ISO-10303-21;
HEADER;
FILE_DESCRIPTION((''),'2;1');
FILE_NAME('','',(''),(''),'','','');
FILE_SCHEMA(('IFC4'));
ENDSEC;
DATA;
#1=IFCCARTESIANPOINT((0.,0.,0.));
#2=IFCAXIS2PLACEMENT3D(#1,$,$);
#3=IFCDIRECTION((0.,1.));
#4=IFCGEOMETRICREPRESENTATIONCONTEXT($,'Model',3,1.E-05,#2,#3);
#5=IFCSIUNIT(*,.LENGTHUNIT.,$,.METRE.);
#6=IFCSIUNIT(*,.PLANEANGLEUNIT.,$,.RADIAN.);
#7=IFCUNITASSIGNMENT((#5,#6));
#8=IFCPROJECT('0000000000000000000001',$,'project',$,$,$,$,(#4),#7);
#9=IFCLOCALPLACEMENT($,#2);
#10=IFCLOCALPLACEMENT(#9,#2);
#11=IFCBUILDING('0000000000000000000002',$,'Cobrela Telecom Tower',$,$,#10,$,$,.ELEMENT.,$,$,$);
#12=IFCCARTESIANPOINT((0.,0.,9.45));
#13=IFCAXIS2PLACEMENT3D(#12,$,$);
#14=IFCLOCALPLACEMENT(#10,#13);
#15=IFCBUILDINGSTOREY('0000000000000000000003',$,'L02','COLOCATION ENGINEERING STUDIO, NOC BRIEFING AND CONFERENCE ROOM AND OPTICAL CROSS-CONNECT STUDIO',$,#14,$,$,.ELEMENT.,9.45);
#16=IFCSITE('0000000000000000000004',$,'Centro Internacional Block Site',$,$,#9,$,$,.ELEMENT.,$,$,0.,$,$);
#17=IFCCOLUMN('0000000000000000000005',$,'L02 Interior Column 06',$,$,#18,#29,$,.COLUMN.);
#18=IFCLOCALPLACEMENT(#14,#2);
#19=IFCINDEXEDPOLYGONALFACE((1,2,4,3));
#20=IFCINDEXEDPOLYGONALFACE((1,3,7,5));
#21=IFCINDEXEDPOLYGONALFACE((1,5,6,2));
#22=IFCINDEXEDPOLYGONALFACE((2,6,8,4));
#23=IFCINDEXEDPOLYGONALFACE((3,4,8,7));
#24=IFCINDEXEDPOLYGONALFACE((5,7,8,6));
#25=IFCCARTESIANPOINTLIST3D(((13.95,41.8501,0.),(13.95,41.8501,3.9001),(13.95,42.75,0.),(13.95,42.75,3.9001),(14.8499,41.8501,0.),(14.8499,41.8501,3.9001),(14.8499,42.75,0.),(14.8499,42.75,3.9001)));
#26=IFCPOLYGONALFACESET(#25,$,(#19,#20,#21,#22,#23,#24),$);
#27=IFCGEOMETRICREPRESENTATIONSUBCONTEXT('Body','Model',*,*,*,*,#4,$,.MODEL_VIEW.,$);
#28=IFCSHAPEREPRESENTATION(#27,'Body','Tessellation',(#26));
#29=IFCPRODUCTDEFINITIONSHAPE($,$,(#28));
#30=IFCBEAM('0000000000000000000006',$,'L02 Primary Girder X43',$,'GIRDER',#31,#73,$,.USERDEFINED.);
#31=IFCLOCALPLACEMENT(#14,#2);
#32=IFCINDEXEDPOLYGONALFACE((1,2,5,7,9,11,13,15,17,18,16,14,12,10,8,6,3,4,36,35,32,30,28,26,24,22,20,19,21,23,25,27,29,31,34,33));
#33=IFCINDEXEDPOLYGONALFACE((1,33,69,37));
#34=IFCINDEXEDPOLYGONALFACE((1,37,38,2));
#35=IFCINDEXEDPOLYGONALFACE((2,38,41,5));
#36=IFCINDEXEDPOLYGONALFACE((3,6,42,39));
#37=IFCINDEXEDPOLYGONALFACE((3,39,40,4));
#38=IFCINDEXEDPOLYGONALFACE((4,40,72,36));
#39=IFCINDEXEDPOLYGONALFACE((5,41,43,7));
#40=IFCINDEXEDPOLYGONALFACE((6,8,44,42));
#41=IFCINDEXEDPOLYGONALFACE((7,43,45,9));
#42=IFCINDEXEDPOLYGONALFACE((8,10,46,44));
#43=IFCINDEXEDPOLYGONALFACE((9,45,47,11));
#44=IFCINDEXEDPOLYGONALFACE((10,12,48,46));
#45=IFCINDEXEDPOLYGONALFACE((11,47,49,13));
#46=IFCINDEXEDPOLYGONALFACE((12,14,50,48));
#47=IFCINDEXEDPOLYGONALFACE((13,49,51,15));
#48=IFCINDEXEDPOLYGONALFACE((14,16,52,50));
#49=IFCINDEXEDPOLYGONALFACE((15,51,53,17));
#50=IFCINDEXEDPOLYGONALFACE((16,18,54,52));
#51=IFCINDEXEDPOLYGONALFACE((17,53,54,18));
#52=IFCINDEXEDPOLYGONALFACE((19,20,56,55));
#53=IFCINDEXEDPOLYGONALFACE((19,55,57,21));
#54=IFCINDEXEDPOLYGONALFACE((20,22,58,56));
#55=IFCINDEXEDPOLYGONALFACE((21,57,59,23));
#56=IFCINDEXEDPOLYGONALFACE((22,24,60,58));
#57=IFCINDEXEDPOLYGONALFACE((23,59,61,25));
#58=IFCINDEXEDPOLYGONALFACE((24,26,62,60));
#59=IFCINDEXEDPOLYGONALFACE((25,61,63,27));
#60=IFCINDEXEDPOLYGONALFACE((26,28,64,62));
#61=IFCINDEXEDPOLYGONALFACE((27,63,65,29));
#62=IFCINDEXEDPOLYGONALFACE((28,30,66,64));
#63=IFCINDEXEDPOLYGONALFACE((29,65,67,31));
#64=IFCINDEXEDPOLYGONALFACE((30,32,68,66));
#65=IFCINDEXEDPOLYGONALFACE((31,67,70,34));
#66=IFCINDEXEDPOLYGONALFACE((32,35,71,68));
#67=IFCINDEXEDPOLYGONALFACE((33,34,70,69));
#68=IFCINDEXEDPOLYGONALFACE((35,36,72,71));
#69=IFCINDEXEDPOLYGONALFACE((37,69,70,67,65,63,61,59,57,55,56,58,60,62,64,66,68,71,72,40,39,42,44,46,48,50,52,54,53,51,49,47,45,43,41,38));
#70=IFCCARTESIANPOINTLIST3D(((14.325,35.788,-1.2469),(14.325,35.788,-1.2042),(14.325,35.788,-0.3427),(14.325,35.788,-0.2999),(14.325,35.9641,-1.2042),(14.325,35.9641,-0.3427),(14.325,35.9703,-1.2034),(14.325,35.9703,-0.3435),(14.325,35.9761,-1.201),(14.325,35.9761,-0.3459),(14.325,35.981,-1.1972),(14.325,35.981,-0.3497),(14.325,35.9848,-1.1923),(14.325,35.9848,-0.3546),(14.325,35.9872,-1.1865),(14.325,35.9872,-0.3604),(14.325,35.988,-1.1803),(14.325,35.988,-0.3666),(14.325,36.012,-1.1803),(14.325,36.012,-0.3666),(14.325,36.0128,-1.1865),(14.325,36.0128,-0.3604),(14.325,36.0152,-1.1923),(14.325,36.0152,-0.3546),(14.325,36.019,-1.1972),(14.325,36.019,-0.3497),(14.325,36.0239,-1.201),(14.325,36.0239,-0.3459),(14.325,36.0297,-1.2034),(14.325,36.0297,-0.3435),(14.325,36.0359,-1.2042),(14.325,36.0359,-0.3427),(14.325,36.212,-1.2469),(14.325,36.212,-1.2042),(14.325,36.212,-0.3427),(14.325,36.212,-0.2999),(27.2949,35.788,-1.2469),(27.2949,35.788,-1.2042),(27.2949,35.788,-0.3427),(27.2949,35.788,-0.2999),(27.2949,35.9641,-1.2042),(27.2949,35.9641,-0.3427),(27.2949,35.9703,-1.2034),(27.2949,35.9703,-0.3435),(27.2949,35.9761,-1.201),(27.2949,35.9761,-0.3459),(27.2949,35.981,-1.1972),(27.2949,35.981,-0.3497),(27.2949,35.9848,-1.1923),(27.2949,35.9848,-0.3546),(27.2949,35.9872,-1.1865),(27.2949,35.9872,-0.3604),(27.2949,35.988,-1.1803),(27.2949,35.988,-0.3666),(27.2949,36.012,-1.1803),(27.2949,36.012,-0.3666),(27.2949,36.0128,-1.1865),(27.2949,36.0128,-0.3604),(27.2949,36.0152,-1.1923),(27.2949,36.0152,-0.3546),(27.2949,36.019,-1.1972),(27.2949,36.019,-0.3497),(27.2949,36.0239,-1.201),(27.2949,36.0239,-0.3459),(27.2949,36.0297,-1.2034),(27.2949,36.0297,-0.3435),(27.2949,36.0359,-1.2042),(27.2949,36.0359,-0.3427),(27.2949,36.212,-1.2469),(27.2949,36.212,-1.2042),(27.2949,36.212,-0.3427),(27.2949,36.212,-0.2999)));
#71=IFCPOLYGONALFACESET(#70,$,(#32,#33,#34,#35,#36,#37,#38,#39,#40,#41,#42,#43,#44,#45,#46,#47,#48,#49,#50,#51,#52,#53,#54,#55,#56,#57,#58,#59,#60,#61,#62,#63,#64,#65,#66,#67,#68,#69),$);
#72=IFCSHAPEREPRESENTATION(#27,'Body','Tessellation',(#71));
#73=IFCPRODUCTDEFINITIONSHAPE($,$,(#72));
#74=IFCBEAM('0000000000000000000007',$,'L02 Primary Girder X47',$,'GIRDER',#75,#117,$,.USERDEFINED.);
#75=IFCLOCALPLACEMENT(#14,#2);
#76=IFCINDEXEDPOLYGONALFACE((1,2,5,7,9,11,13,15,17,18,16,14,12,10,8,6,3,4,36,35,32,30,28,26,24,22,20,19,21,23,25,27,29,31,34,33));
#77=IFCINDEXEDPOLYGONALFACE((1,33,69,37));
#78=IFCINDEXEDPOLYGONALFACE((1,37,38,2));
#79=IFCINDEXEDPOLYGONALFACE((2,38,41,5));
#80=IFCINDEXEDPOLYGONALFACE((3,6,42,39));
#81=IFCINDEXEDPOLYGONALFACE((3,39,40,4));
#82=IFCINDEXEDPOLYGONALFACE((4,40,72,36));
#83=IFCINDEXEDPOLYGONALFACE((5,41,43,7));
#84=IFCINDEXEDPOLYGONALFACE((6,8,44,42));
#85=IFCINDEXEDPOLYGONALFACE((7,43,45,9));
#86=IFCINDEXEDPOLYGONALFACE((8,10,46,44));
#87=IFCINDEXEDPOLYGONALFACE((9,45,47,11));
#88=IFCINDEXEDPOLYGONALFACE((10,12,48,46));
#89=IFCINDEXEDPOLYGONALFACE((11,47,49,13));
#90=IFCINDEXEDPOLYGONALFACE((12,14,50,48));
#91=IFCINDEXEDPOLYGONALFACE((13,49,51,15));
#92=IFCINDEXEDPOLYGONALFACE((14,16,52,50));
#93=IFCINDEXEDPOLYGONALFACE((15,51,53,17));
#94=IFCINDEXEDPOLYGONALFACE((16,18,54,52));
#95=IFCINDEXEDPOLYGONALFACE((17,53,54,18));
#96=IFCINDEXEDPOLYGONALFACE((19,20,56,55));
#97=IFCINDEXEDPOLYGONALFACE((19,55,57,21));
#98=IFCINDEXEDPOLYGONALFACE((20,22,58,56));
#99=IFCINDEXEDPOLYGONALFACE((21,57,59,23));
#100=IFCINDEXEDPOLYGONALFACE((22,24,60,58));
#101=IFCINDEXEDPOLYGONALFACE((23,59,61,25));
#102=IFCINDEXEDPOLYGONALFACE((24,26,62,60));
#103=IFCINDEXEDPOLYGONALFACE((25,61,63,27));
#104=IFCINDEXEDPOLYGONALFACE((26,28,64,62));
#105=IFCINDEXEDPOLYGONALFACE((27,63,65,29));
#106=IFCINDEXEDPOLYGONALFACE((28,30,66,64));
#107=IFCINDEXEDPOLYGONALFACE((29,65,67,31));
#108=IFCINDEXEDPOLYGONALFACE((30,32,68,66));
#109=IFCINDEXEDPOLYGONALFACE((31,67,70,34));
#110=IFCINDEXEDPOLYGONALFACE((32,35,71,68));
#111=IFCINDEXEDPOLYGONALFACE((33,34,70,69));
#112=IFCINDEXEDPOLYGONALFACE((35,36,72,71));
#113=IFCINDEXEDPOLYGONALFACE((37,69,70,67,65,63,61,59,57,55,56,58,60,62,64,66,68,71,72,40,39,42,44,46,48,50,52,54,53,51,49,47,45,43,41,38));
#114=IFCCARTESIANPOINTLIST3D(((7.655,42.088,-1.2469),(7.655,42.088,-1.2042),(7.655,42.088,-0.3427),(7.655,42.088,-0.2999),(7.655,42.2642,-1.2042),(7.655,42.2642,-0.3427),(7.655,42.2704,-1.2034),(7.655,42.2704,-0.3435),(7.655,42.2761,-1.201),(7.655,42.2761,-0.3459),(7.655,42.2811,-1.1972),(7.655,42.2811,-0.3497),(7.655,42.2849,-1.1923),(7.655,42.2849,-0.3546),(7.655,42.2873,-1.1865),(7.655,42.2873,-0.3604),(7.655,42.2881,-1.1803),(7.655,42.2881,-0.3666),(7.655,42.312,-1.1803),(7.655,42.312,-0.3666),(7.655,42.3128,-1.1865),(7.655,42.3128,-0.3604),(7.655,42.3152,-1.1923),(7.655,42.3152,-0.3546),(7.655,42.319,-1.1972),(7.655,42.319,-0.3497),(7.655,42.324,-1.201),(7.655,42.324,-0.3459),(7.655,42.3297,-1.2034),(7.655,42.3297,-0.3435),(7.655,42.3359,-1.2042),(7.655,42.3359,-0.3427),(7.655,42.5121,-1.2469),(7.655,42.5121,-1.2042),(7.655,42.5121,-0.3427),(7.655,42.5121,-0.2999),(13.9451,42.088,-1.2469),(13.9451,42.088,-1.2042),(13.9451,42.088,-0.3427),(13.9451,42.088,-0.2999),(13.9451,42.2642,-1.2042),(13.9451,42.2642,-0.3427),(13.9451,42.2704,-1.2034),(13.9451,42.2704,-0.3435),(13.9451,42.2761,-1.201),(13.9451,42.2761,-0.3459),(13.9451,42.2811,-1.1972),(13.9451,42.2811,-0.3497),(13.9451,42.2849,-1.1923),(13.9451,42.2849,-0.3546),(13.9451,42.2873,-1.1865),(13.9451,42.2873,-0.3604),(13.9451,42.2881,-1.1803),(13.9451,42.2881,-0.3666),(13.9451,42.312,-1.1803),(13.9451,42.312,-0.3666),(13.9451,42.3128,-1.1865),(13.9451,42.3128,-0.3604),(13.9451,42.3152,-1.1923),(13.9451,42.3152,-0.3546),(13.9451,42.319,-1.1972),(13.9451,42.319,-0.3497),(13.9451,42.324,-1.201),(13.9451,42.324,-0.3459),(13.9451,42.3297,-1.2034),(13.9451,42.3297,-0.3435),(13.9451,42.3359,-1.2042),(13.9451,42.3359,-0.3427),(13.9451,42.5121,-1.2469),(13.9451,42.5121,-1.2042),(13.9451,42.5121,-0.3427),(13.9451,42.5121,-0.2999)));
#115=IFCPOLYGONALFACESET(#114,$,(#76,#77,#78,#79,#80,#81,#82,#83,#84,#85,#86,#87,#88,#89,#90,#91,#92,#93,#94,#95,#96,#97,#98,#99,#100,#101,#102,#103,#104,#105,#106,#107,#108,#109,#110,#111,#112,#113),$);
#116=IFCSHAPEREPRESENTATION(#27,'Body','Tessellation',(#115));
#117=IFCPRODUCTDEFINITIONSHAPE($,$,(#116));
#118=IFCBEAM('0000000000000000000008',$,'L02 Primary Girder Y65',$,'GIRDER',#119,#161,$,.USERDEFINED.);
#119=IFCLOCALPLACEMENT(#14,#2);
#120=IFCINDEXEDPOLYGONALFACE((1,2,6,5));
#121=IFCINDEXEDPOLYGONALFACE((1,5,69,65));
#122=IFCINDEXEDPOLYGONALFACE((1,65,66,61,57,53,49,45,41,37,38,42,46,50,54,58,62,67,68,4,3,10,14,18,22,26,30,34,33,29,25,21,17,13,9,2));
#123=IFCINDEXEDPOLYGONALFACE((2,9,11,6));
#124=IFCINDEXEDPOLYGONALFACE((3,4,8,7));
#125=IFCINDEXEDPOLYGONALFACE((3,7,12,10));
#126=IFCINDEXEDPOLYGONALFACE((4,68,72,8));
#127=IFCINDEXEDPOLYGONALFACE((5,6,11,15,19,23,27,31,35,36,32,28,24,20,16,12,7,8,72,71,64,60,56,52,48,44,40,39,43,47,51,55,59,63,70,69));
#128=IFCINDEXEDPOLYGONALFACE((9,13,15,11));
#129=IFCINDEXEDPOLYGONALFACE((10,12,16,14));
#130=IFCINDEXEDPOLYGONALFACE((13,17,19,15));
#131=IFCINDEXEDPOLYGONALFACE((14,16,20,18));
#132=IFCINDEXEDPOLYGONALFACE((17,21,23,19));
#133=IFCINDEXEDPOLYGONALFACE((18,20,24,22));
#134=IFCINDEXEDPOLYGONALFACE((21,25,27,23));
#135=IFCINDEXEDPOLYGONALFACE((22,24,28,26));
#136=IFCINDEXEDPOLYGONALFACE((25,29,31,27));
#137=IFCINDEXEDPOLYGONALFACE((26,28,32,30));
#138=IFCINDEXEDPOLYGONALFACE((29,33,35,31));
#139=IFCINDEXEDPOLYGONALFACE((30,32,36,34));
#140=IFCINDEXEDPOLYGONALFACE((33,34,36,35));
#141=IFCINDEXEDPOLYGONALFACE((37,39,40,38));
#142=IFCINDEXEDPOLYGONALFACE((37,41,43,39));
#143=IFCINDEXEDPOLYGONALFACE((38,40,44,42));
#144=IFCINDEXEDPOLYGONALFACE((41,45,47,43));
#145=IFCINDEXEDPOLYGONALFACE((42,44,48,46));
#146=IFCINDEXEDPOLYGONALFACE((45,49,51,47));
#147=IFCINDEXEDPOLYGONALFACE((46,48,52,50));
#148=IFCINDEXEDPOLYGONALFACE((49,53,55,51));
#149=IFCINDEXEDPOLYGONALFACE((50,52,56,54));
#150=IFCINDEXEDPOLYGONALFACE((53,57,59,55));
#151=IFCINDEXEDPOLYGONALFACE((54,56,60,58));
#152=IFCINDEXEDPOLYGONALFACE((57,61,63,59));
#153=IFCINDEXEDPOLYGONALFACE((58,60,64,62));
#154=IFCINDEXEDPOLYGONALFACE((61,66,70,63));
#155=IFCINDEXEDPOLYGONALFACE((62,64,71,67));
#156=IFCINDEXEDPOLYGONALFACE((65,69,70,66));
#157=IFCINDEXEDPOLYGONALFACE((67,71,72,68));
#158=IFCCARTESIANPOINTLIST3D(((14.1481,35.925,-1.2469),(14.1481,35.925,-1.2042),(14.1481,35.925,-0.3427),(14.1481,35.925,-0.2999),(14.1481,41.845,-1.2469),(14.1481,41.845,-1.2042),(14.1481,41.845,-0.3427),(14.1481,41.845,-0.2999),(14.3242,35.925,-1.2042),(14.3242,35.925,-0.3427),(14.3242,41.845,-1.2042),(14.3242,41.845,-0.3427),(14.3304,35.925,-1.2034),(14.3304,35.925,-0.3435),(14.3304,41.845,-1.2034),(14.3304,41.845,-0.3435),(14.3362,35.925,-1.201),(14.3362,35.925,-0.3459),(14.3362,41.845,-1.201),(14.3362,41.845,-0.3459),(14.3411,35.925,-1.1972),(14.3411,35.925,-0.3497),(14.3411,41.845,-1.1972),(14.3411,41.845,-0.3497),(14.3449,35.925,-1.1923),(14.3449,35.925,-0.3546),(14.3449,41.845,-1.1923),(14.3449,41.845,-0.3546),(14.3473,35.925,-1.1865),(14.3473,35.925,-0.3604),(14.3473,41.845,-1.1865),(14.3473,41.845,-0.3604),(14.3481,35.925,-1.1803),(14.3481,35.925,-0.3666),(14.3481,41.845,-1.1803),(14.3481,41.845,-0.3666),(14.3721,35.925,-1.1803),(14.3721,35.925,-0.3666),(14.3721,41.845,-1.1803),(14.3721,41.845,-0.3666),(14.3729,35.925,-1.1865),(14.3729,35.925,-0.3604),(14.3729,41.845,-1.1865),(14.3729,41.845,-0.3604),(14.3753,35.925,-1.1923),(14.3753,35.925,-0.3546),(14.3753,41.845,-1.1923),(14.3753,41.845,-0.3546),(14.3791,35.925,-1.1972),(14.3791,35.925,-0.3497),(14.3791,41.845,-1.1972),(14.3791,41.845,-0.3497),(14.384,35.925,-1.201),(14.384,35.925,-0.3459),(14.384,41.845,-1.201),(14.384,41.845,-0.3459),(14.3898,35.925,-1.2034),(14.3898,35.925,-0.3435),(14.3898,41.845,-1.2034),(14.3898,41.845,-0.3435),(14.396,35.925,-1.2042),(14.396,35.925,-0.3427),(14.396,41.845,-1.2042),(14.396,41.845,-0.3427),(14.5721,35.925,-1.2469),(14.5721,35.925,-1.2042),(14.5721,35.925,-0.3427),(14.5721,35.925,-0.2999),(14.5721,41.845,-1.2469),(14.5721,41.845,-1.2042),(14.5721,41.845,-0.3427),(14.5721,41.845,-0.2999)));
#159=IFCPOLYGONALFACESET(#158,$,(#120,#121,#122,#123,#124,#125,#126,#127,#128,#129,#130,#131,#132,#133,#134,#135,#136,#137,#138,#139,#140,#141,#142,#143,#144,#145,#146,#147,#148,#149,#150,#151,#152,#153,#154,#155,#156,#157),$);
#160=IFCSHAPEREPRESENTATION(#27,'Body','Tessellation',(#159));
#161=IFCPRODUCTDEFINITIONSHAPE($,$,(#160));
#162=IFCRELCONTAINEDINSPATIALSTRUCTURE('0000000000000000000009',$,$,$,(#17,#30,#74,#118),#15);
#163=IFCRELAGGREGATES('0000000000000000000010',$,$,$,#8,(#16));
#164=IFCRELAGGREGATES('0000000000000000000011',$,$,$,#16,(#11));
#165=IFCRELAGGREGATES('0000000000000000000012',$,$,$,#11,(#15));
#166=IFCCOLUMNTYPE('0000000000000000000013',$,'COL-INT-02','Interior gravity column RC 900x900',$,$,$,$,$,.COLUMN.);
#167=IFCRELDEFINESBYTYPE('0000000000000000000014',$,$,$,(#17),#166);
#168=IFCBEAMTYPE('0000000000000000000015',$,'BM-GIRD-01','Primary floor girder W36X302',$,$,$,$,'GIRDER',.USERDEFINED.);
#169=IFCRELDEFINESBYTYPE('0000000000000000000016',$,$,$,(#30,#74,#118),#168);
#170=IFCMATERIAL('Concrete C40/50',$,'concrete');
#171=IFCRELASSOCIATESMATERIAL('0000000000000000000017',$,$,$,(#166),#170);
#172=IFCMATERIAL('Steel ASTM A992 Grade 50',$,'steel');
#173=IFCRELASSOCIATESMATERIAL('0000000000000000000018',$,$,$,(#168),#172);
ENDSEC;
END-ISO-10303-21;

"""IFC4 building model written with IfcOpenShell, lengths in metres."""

from ifc_helpers import new_model, si_unit, direction, frame, origin, origin_2d, place, context, subcontext, project, spatial, rectangle, i_section, extrude, material, material_profile, profile_set, type_object, element, save


model = new_model("IFC4")

# Units and contexts
model_context = context("Model", 3, precision=1e-05, world=origin(), true_north=direction((0.0, 1.0)))
body_context = subcontext(model_context, "Body", "Model", "MODEL_VIEW")
ifc_project = project(units=[si_unit("LENGTHUNIT", "METRE"), si_unit("PLANEANGLEUNIT", "RADIAN")], contexts=[model_context])

# Site, building, storey
site_placement = place(None, origin())
site = spatial("IfcSite", under=ifc_project, at=site_placement, Name="Centro Internacional Block Site", CompositionType="ELEMENT", RefElevation=0.0)
building_placement = place(site_placement, origin())
building = spatial("IfcBuilding", under=site, at=building_placement, Name="Cobrela Telecom Tower", CompositionType="ELEMENT")
storey_placement = place(building_placement, frame((0.0, 0.0, 9.45)))
storey = spatial("IfcBuildingStorey", under=building, at=storey_placement, Name="L02", Description="COLOCATION ENGINEERING STUDIO, NOC BRIEFING AND CONFERENCE ROOM AND OPTICAL CROSS-CONNECT STUDIO", CompositionType="ELEMENT", Elevation=9.45)

# Column
ifc_material_1 = material(Name="Concrete C40/50", Category="concrete")
ifc_material_profile_1 = material_profile(ifc_material_1, rectangle(XDim=0.8999, YDim=0.8999, at=origin_2d()), Name="RC 900x900")
ifc_profile_set_1 = profile_set([ifc_material_profile_1], Name="Concrete C40/50")
column_type = type_object("IfcColumnType", Name="COL-INT-02", Description="Interior gravity column RC 900x900", PredefinedType="COLUMN", material=ifc_profile_set_1)
column_placement = place(storey_placement, frame((14.3999, 42.3, 0.0), z_axis=(0.0, 0.0, 1.0), x_axis=(1.0, 0.0, 0.0)))
element("IfcColumn", 1, at=column_placement, inside=storey, type_object=column_type, Name="L02 Interior Column 06", PredefinedType="COLUMN", context=body_context, shape_type="SweptSolid", body=[
    extrude(rectangle(XDim=0.8999, YDim=0.8999, at=origin_2d()), origin(), (0.0, 0.0, 1.0), 3.9001),
])

# Beams
ifc_material_2 = material(Name="Steel ASTM A992 Grade 50", Category="steel")
ifc_material_profile_2 = material_profile(ifc_material_2, i_section(OverallWidth=0.4241, OverallDepth=0.947, WebThickness=0.0239, FlangeThickness=0.0427, FilletRadius=0.0239, at=origin_2d()), Name="W36X302")
ifc_profile_set_2 = profile_set([ifc_material_profile_2], Name="Steel ASTM A992 Grade 50")
beam_type_1 = type_object("IfcBeamType", Name="BM-GIRD-01", Description="Primary floor girder W36X302", ElementType="GIRDER", PredefinedType="USERDEFINED", material=ifc_profile_set_2)
beam_1_placement = place(storey_placement, frame((14.325, 36.0, -0.7734), z_axis=(1.0, 0.0, 0.0), x_axis=(0.0, 1.0, 0.0)))
element("IfcBeam", 2, at=beam_1_placement, inside=storey, type_object=beam_type_1, Name="L02 Primary Girder X43", ObjectType="GIRDER", PredefinedType="USERDEFINED", context=body_context, shape_type="SweptSolid", body=[
    extrude(i_section(OverallWidth=0.4241, OverallDepth=0.947, WebThickness=0.0239, FlangeThickness=0.0427, FilletRadius=0.0239, at=origin_2d()), origin(), (0.0, 0.0, 1.0), 12.97),
])
beam_2_placement = place(storey_placement, frame((7.655, 42.3, -0.7734), z_axis=(1.0, 0.0, 0.0), x_axis=(0.0, 1.0, 0.0)))
element("IfcBeam", 3, at=beam_2_placement, inside=storey, type_object=beam_type_1, Name="L02 Primary Girder X47", ObjectType="GIRDER", PredefinedType="USERDEFINED", context=body_context, shape_type="SweptSolid", body=[
    extrude(i_section(OverallWidth=0.4241, OverallDepth=0.947, WebThickness=0.0239, FlangeThickness=0.0427, FilletRadius=0.0239, at=origin_2d()), origin(), (0.0, 0.0, 1.0), 6.29),
])
beam_3_placement = place(storey_placement, frame((14.3601, 35.925, -0.7734), z_axis=(0.0, 1.0, 0.0), x_axis=(-1.0, 0.0, 0.0)))
element("IfcBeam", 4, at=beam_3_placement, inside=storey, type_object=beam_type_1, Name="L02 Primary Girder Y65", ObjectType="GIRDER", PredefinedType="USERDEFINED", context=body_context, shape_type="SweptSolid", body=[
    extrude(i_section(OverallWidth=0.4241, OverallDepth=0.947, WebThickness=0.0239, FlangeThickness=0.0427, FilletRadius=0.0239, at=origin_2d()), origin(), (0.0, 0.0, 1.0), 5.9199),
])

save(model, "model.ifc")
